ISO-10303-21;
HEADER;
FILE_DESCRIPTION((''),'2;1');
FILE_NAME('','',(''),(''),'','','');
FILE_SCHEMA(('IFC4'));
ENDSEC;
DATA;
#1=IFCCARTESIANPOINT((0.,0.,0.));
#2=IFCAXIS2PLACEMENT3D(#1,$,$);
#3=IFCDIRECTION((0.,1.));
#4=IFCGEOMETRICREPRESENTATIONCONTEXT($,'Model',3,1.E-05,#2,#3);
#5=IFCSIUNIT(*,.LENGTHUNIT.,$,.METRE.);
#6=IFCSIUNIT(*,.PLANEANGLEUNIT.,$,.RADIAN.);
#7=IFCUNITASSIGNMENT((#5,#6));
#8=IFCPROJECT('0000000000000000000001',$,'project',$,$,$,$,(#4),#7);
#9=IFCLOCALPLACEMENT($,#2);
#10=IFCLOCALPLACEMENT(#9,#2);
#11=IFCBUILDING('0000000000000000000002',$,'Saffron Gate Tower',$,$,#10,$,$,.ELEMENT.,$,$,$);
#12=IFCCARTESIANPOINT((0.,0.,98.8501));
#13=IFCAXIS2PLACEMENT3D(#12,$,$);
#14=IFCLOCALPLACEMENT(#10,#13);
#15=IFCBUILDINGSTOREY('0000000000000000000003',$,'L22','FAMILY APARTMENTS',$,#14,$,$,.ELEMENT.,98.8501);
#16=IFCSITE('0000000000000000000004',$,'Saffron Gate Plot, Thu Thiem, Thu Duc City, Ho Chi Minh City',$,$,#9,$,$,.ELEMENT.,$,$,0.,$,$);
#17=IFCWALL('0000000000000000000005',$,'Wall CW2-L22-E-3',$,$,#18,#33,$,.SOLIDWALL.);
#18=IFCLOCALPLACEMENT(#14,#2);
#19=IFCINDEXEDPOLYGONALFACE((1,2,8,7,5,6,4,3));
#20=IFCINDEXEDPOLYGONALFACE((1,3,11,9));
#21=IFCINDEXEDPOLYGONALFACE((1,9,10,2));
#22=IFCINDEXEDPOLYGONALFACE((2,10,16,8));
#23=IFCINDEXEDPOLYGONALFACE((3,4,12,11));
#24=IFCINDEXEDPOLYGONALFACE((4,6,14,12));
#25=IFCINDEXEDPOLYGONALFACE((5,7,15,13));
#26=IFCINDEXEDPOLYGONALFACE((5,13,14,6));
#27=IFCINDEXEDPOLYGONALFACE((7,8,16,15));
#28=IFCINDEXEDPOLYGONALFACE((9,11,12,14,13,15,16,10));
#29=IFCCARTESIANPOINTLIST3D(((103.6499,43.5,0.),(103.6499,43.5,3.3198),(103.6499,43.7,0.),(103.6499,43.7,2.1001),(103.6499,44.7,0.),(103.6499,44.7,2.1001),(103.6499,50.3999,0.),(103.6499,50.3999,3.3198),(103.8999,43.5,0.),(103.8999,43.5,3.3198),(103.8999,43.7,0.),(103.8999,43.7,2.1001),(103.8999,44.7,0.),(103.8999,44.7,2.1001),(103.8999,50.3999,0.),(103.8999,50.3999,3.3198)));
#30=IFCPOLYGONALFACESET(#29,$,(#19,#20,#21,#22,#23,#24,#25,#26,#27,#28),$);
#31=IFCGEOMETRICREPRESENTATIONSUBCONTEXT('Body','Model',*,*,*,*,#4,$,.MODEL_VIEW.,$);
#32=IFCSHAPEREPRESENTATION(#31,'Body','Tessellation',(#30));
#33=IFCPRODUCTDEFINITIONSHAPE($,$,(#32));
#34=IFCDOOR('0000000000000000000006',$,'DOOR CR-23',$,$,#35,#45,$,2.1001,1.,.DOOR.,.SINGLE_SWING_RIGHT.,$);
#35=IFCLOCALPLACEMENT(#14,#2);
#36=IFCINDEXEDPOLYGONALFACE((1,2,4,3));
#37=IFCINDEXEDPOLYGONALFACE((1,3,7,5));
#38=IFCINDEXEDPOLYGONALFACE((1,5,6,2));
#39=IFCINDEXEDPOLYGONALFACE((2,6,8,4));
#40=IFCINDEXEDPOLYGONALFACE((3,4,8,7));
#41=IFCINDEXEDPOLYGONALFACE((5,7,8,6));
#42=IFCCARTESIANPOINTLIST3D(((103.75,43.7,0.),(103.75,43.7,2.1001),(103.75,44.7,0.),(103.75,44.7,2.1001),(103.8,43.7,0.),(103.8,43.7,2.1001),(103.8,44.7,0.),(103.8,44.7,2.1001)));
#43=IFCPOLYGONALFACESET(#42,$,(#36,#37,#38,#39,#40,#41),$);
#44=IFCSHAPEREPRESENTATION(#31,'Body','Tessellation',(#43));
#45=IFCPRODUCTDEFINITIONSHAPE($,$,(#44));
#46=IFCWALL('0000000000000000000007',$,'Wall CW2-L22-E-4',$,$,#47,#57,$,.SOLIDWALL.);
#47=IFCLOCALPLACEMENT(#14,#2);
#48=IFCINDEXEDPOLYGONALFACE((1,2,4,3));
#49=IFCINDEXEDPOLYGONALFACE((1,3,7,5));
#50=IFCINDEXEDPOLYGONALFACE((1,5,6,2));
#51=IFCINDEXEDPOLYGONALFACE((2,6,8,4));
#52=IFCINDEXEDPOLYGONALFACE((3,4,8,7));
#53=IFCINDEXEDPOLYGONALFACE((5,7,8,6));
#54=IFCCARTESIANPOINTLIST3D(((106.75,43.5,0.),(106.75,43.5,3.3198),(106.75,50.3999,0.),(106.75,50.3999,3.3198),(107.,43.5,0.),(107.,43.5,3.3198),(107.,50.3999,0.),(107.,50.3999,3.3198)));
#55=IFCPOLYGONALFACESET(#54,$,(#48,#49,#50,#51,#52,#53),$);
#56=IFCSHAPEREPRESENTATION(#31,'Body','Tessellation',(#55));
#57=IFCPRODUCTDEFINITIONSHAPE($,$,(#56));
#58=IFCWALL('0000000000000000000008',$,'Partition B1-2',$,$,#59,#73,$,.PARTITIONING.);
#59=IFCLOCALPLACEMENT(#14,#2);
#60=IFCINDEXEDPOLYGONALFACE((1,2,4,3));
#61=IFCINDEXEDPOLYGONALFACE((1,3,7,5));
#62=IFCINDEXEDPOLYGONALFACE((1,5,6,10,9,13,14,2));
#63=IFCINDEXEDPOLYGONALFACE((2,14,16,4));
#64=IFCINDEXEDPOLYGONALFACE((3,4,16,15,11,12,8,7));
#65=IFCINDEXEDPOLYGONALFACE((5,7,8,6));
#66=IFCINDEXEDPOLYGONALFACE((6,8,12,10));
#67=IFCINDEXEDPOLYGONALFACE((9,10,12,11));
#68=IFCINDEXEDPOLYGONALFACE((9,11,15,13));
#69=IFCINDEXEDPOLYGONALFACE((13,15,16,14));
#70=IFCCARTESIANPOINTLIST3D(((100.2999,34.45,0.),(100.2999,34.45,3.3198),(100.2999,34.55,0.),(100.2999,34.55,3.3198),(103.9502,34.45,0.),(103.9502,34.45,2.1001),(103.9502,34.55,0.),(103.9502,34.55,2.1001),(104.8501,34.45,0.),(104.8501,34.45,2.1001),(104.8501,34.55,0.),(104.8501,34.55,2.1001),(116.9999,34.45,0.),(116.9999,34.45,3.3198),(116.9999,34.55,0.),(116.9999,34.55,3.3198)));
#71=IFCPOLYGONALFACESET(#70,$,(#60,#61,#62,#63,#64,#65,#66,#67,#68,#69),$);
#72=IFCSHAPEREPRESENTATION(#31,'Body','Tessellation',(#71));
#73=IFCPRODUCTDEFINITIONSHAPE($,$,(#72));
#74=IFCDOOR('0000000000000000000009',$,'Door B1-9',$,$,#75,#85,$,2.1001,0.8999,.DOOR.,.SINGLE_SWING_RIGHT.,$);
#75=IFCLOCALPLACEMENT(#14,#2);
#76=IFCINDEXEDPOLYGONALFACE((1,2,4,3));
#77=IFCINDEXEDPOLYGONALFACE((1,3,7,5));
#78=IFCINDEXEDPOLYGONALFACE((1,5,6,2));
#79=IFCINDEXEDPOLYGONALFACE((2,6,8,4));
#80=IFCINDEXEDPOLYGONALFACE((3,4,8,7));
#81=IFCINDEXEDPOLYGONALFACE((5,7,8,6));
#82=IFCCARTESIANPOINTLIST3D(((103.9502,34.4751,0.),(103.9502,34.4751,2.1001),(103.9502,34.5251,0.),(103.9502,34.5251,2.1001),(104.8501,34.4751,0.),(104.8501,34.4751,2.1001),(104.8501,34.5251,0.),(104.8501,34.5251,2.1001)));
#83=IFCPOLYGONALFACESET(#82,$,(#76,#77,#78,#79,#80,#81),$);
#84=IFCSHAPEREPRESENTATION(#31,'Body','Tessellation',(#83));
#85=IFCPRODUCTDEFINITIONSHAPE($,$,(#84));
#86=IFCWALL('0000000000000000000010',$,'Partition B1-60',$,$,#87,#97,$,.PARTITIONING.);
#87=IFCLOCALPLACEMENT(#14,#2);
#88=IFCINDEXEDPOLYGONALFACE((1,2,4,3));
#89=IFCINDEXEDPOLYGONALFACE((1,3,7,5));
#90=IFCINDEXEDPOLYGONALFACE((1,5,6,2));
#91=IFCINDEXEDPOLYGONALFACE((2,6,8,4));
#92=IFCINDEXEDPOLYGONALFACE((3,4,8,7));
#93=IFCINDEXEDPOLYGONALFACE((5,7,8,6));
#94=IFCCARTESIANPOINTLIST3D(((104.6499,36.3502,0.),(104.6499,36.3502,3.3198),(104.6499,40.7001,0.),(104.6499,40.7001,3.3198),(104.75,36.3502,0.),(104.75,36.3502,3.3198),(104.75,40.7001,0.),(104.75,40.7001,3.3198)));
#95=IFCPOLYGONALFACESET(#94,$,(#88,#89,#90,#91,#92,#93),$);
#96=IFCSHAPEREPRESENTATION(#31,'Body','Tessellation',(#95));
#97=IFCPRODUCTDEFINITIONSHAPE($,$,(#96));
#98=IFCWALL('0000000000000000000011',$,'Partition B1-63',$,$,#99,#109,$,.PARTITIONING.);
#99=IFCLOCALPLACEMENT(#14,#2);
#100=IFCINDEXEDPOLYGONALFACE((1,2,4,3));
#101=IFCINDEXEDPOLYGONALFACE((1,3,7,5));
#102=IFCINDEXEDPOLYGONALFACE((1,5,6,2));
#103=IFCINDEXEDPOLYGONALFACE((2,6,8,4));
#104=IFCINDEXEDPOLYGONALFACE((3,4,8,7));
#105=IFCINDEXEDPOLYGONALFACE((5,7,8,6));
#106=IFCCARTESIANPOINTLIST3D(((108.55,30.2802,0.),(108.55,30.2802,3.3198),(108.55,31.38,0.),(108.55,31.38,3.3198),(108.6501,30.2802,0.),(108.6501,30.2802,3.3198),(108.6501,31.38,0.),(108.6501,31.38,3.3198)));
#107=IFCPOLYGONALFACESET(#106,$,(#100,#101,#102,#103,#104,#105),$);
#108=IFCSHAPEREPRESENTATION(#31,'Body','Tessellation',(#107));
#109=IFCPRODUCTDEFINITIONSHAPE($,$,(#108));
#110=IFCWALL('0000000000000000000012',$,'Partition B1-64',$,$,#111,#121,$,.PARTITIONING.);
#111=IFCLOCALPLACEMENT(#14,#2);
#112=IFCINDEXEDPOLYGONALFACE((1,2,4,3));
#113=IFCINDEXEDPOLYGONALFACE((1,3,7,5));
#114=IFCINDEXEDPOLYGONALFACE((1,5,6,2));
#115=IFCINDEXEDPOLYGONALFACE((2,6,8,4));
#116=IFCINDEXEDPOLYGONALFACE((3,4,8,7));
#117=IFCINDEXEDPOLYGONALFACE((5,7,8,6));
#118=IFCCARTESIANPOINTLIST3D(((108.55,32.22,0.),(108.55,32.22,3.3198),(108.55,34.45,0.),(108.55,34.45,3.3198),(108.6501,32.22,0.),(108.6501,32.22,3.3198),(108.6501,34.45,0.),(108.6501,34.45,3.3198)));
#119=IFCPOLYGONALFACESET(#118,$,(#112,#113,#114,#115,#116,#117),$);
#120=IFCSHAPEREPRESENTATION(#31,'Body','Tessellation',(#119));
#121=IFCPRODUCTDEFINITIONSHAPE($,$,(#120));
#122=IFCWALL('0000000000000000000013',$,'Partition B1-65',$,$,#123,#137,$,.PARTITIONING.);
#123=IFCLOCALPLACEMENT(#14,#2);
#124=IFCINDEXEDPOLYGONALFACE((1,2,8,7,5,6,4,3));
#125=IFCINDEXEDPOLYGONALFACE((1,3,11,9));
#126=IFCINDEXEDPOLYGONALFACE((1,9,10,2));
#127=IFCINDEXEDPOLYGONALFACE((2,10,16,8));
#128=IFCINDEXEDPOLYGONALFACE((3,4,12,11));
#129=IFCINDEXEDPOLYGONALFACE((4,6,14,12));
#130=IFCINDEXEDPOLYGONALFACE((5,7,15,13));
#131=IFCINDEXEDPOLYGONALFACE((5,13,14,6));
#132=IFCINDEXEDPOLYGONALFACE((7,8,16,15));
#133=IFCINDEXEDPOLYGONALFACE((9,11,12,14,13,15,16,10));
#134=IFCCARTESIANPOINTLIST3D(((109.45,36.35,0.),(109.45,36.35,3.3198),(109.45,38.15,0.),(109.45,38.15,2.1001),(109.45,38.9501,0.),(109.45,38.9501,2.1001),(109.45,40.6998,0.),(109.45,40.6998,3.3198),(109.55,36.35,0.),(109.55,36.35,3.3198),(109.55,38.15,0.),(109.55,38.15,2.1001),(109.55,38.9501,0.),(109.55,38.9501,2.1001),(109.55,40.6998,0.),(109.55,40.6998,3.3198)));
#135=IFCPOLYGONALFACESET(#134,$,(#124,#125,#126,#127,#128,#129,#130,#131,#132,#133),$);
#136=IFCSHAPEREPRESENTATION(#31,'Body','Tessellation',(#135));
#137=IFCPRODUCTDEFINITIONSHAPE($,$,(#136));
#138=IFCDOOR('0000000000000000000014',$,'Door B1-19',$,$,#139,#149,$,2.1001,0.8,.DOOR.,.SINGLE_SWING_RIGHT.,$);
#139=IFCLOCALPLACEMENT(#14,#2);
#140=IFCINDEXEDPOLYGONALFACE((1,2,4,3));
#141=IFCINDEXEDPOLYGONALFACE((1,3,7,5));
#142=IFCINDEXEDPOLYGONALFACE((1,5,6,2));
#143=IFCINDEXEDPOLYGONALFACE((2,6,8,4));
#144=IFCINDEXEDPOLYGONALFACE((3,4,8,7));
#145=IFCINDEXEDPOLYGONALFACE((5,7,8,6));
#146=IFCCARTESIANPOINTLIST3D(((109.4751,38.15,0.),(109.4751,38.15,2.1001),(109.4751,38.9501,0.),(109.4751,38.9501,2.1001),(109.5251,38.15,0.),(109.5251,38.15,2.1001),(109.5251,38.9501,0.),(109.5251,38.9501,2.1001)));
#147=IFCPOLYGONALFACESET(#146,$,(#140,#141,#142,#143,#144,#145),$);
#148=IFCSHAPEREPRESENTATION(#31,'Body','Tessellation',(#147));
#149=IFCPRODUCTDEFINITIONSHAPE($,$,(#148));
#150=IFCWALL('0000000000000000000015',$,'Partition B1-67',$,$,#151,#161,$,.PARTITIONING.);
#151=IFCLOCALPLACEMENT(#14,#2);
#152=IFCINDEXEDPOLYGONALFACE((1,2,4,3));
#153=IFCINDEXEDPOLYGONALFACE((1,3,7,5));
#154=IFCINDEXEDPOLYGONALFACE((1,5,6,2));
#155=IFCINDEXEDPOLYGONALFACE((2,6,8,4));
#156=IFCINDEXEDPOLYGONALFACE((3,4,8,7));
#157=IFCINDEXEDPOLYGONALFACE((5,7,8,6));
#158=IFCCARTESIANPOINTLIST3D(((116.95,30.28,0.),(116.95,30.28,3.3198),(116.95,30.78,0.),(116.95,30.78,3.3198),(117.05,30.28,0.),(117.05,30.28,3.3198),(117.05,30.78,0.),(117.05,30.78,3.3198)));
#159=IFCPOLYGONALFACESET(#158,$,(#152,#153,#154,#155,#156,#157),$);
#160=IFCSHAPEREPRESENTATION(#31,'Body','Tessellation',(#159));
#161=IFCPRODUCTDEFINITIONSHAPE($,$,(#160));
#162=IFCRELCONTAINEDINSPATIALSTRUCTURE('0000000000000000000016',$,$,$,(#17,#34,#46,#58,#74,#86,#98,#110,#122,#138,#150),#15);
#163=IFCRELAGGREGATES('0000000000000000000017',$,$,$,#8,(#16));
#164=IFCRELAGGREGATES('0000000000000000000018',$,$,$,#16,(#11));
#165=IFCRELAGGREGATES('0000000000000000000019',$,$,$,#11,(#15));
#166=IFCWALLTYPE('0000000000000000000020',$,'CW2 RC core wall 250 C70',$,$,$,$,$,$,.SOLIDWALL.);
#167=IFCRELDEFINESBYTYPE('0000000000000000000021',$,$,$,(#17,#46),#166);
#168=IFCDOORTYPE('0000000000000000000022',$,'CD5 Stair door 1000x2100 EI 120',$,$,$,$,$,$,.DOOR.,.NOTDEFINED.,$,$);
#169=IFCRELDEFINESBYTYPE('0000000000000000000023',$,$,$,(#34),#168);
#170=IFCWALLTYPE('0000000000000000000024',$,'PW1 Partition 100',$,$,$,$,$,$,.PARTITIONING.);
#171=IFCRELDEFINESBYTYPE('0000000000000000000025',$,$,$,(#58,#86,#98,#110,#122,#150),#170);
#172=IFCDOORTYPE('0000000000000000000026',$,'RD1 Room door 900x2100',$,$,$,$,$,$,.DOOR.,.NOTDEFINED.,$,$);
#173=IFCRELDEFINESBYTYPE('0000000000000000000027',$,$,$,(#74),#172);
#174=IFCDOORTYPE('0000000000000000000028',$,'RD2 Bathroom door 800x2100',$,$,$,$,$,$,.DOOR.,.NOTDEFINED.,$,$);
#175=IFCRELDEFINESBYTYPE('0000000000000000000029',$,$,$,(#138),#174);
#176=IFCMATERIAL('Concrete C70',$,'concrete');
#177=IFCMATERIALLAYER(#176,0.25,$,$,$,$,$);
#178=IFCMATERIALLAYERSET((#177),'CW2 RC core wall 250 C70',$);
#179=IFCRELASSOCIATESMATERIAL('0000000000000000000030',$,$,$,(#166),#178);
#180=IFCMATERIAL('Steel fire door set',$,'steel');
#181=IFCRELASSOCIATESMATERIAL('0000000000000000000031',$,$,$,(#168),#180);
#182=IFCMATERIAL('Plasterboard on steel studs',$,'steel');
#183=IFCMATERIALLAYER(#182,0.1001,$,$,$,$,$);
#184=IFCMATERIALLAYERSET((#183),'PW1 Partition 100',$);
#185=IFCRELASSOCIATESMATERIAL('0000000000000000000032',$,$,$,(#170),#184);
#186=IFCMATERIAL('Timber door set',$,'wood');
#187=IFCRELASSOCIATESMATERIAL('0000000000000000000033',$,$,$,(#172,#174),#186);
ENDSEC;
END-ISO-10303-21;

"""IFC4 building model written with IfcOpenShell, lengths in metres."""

from ifc_helpers import new_model, si_unit, direction, frame, frame_2d, origin, place, context, subcontext, project, spatial, rectangle, extrude, material, layer, layer_set, type_object, element, fill, save


model = new_model("IFC4")

# Units and contexts
model_context = context("Model", 3, precision=1e-05, world=origin(), true_north=direction((0.0, 1.0)))
body_context = subcontext(model_context, "Body", "Model", "MODEL_VIEW")
ifc_project = project(units=[si_unit("LENGTHUNIT", "METRE"), si_unit("PLANEANGLEUNIT", "RADIAN")], contexts=[model_context])

# Site, building, storey
site_placement = place(None, origin())
site = spatial("IfcSite", under=ifc_project, at=site_placement, Name="Saffron Gate Plot, Thu Thiem, Thu Duc City, Ho Chi Minh City", CompositionType="ELEMENT", RefElevation=0.0)
building_placement = place(site_placement, origin())
building = spatial("IfcBuilding", under=site, at=building_placement, Name="Saffron Gate Tower", CompositionType="ELEMENT")
storey_placement = place(building_placement, frame((0.0, 0.0, 98.8501)))
storey = spatial("IfcBuildingStorey", under=building, at=storey_placement, Name="L22", Description="FAMILY APARTMENTS", CompositionType="ELEMENT", Elevation=98.8501)

# Wall, opening, door
ifc_material_1 = material(Name="Steel fire door set", Category="steel")
ifc_material_2 = material(Name="Concrete C70", Category="concrete")
ifc_layer_1 = layer(ifc_material_2, 0.25)
ifc_layer_set_1 = layer_set([ifc_layer_1], Name="CW2 RC core wall 250 C70")
wall_type_1 = type_object("IfcWallType", Name="CW2 RC core wall 250 C70", PredefinedType="SOLIDWALL", material=ifc_layer_set_1)
wall_1_placement = place(storey_placement, frame((103.7749, 43.5, 0.0), z_axis=(0.0, 0.0, 1.0), x_axis=(0.0, 1.0, 0.0)))
wall_1 = element("IfcWall", 1, at=wall_1_placement, inside=storey, type_object=wall_type_1, Name="Wall CW2-L22-E-3", PredefinedType="SOLIDWALL", context=body_context, shape_type="SweptSolid", body=[
    extrude(rectangle(XDim=6.8999, YDim=0.25, at=frame_2d((3.45, 0.0))), origin(), (0.0, 0.0, 1.0), 3.3198),
])
opening_1_placement = place(wall_1_placement, frame((0.2, 0.0, 0.0)))
opening_1 = element("IfcOpeningElement", 2, at=opening_1_placement, cuts=wall_1, PredefinedType="OPENING", context=body_context, shape_type="SweptSolid", body=[
    extrude(rectangle(XDim=1.0, YDim=2.1001, at=frame_2d((0.5, 1.05))), frame((0.0, 0.135, 0.0), z_axis=(0.0, -1.0, 0.0), x_axis=(1.0, 0.0, 0.0)), (0.0, 0.0, 1.0), 0.27),
])
door_type_1 = type_object("IfcDoorType", Name="CD5 Stair door 1000x2100 EI 120", OperationType="NOTDEFINED", PredefinedType="DOOR", material=ifc_material_1)
door_1_placement = place(opening_1_placement, origin())
door_1 = element("IfcDoor", 3, at=door_1_placement, inside=storey, type_object=door_type_1, Name="DOOR CR-23", OperationType="SINGLE_SWING_RIGHT", OverallHeight=2.1001, OverallWidth=1.0, PredefinedType="DOOR", context=body_context, shape_type="SweptSolid", body=[
    extrude(rectangle(XDim=1.0, YDim=2.1001, at=frame_2d((0.5, 1.05))), frame((0.0, 0.0249, 0.0), z_axis=(0.0, -1.0, 0.0), x_axis=(1.0, 0.0, 0.0)), (0.0, 0.0, 1.0), 0.05),
])
fill(opening_1, door_1)

# Wall
wall_2_placement = place(storey_placement, frame((106.875, 43.5, 0.0), z_axis=(0.0, 0.0, 1.0), x_axis=(0.0, 1.0, 0.0)))
element("IfcWall", 4, at=wall_2_placement, inside=storey, type_object=wall_type_1, Name="Wall CW2-L22-E-4", PredefinedType="SOLIDWALL", context=body_context, shape_type="SweptSolid", body=[
    extrude(rectangle(XDim=6.8999, YDim=0.25, at=frame_2d((3.45, 0.0))), origin(), (0.0, 0.0, 1.0), 3.3198),
])

# Wall, opening, door
ifc_material_3 = material(Name="Plasterboard on steel studs", Category="steel")
ifc_layer_2 = layer(ifc_material_3, 0.1001)
ifc_layer_set_2 = layer_set([ifc_layer_2], Name="PW1 Partition 100")
wall_type_2 = type_object("IfcWallType", Name="PW1 Partition 100", PredefinedType="PARTITIONING", material=ifc_layer_set_2)
wall_3_placement = place(storey_placement, frame((117.0, 34.5, 0.0), z_axis=(0.0, 0.0, 1.0), x_axis=(-1.0, 0.0, 0.0)))
wall_3 = element("IfcWall", 5, at=wall_3_placement, inside=storey, type_object=wall_type_2, Name="Partition B1-2", PredefinedType="PARTITIONING", context=body_context, shape_type="SweptSolid", body=[
    extrude(rectangle(XDim=16.7, YDim=0.1001, at=frame_2d((8.3501, 0.0))), origin(), (0.0, 0.0, 1.0), 3.3198),
])
opening_2_placement = place(wall_3_placement, frame((12.1499, 0.0, 0.0)))
opening_2 = element("IfcOpeningElement", 6, at=opening_2_placement, cuts=wall_3, PredefinedType="OPENING", context=body_context, shape_type="SweptSolid", body=[
    extrude(rectangle(XDim=0.8999, YDim=2.1001, at=frame_2d((0.45, 1.05))), frame((0.0, 0.0601, 0.0), z_axis=(0.0, -1.0, 0.0), x_axis=(1.0, 0.0, 0.0)), (0.0, 0.0, 1.0), 0.1201),
])
ifc_material_4 = material(Name="Timber door set", Category="wood")
door_type_2 = type_object("IfcDoorType", Name="RD1 Room door 900x2100", OperationType="NOTDEFINED", PredefinedType="DOOR", material=ifc_material_4)
door_2_placement = place(opening_2_placement, origin())
door_2 = element("IfcDoor", 7, at=door_2_placement, inside=storey, type_object=door_type_2, Name="Door B1-9", OperationType="SINGLE_SWING_RIGHT", OverallHeight=2.1001, OverallWidth=0.8999, PredefinedType="DOOR", context=body_context, shape_type="SweptSolid", body=[
    extrude(rectangle(XDim=0.8999, YDim=2.1001, at=frame_2d((0.45, 1.05))), frame((0.0, 0.0249, 0.0), z_axis=(0.0, -1.0, 0.0), x_axis=(1.0, 0.0, 0.0)), (0.0, 0.0, 1.0), 0.05),
])
fill(opening_2, door_2)

# Walls
wall_4_placement = place(storey_placement, frame((104.7, 40.7, 0.0), z_axis=(0.0, 0.0, 1.0), x_axis=(0.0, -1.0, 0.0)))
element("IfcWall", 8, at=wall_4_placement, inside=storey, type_object=wall_type_2, Name="Partition B1-60", PredefinedType="PARTITIONING", context=body_context, shape_type="SweptSolid", body=[
    extrude(rectangle(XDim=4.3499, YDim=0.1001, at=frame_2d((2.1748, 0.0))), origin(), (0.0, 0.0, 1.0), 3.3198),
])
wall_5_placement = place(storey_placement, frame((108.6001, 31.3799, 0.0), z_axis=(0.0, 0.0, 1.0), x_axis=(0.0, -1.0, 0.0)))
element("IfcWall", 9, at=wall_5_placement, inside=storey, type_object=wall_type_2, Name="Partition B1-63", PredefinedType="PARTITIONING", context=body_context, shape_type="SweptSolid", body=[
    extrude(rectangle(XDim=1.0999, YDim=0.1001, at=frame_2d((0.5498, 0.0))), origin(), (0.0, 0.0, 1.0), 3.3198),
])
wall_6_placement = place(storey_placement, frame((108.6001, 34.45, 0.0), z_axis=(0.0, 0.0, 1.0), x_axis=(0.0, -1.0, 0.0)))
element("IfcWall", 10, at=wall_6_placement, inside=storey, type_object=wall_type_2, Name="Partition B1-64", PredefinedType="PARTITIONING", context=body_context, shape_type="SweptSolid", body=[
    extrude(rectangle(XDim=2.23, YDim=0.1001, at=frame_2d((1.115, 0.0))), origin(), (0.0, 0.0, 1.0), 3.3198),
])

# Wall, opening, door
wall_7_placement = place(storey_placement, frame((109.5, 36.3501, 0.0), z_axis=(0.0, 0.0, 1.0), x_axis=(0.0, 1.0, 0.0)))
wall_7 = element("IfcWall", 11, at=wall_7_placement, inside=storey, type_object=wall_type_2, Name="Partition B1-65", PredefinedType="PARTITIONING", context=body_context, shape_type="SweptSolid", body=[
    extrude(rectangle(XDim=4.3499, YDim=0.1001, at=frame_2d((2.1748, 0.0))), origin(), (0.0, 0.0, 1.0), 3.3198),
])
opening_3_placement = place(wall_7_placement, frame((1.8, 0.0, 0.0)))
opening_3 = element("IfcOpeningElement", 12, at=opening_3_placement, cuts=wall_7, PredefinedType="OPENING", context=body_context, shape_type="SweptSolid", body=[
    extrude(rectangle(XDim=0.8, YDim=2.1001, at=frame_2d((0.3999, 1.05))), frame((0.0, 0.0601, 0.0), z_axis=(0.0, -1.0, 0.0), x_axis=(1.0, 0.0, 0.0)), (0.0, 0.0, 1.0), 0.1201),
])
door_type_3 = type_object("IfcDoorType", Name="RD2 Bathroom door 800x2100", OperationType="NOTDEFINED", PredefinedType="DOOR", material=ifc_material_4)
door_3_placement = place(opening_3_placement, origin())
door_3 = element("IfcDoor", 13, at=door_3_placement, inside=storey, type_object=door_type_3, Name="Door B1-19", OperationType="SINGLE_SWING_RIGHT", OverallHeight=2.1001, OverallWidth=0.8, PredefinedType="DOOR", context=body_context, shape_type="SweptSolid", body=[
    extrude(rectangle(XDim=0.8, YDim=2.1001, at=frame_2d((0.3999, 1.05))), frame((0.0, 0.0249, 0.0), z_axis=(0.0, -1.0, 0.0), x_axis=(1.0, 0.0, 0.0)), (0.0, 0.0, 1.0), 0.05),
])
fill(opening_3, door_3)

# Wall
wall_8_placement = place(storey_placement, frame((117.0, 30.78, 0.0), z_axis=(0.0, 0.0, 1.0), x_axis=(0.0, -1.0, 0.0)))
element("IfcWall", 14, at=wall_8_placement, inside=storey, type_object=wall_type_2, Name="Partition B1-67", PredefinedType="PARTITIONING", context=body_context, shape_type="SweptSolid", body=[
    extrude(rectangle(XDim=0.5, YDim=0.1001, at=frame_2d((0.25, 0.0))), origin(), (0.0, 0.0, 1.0), 3.3198),
])

save(model, "model.ifc")
